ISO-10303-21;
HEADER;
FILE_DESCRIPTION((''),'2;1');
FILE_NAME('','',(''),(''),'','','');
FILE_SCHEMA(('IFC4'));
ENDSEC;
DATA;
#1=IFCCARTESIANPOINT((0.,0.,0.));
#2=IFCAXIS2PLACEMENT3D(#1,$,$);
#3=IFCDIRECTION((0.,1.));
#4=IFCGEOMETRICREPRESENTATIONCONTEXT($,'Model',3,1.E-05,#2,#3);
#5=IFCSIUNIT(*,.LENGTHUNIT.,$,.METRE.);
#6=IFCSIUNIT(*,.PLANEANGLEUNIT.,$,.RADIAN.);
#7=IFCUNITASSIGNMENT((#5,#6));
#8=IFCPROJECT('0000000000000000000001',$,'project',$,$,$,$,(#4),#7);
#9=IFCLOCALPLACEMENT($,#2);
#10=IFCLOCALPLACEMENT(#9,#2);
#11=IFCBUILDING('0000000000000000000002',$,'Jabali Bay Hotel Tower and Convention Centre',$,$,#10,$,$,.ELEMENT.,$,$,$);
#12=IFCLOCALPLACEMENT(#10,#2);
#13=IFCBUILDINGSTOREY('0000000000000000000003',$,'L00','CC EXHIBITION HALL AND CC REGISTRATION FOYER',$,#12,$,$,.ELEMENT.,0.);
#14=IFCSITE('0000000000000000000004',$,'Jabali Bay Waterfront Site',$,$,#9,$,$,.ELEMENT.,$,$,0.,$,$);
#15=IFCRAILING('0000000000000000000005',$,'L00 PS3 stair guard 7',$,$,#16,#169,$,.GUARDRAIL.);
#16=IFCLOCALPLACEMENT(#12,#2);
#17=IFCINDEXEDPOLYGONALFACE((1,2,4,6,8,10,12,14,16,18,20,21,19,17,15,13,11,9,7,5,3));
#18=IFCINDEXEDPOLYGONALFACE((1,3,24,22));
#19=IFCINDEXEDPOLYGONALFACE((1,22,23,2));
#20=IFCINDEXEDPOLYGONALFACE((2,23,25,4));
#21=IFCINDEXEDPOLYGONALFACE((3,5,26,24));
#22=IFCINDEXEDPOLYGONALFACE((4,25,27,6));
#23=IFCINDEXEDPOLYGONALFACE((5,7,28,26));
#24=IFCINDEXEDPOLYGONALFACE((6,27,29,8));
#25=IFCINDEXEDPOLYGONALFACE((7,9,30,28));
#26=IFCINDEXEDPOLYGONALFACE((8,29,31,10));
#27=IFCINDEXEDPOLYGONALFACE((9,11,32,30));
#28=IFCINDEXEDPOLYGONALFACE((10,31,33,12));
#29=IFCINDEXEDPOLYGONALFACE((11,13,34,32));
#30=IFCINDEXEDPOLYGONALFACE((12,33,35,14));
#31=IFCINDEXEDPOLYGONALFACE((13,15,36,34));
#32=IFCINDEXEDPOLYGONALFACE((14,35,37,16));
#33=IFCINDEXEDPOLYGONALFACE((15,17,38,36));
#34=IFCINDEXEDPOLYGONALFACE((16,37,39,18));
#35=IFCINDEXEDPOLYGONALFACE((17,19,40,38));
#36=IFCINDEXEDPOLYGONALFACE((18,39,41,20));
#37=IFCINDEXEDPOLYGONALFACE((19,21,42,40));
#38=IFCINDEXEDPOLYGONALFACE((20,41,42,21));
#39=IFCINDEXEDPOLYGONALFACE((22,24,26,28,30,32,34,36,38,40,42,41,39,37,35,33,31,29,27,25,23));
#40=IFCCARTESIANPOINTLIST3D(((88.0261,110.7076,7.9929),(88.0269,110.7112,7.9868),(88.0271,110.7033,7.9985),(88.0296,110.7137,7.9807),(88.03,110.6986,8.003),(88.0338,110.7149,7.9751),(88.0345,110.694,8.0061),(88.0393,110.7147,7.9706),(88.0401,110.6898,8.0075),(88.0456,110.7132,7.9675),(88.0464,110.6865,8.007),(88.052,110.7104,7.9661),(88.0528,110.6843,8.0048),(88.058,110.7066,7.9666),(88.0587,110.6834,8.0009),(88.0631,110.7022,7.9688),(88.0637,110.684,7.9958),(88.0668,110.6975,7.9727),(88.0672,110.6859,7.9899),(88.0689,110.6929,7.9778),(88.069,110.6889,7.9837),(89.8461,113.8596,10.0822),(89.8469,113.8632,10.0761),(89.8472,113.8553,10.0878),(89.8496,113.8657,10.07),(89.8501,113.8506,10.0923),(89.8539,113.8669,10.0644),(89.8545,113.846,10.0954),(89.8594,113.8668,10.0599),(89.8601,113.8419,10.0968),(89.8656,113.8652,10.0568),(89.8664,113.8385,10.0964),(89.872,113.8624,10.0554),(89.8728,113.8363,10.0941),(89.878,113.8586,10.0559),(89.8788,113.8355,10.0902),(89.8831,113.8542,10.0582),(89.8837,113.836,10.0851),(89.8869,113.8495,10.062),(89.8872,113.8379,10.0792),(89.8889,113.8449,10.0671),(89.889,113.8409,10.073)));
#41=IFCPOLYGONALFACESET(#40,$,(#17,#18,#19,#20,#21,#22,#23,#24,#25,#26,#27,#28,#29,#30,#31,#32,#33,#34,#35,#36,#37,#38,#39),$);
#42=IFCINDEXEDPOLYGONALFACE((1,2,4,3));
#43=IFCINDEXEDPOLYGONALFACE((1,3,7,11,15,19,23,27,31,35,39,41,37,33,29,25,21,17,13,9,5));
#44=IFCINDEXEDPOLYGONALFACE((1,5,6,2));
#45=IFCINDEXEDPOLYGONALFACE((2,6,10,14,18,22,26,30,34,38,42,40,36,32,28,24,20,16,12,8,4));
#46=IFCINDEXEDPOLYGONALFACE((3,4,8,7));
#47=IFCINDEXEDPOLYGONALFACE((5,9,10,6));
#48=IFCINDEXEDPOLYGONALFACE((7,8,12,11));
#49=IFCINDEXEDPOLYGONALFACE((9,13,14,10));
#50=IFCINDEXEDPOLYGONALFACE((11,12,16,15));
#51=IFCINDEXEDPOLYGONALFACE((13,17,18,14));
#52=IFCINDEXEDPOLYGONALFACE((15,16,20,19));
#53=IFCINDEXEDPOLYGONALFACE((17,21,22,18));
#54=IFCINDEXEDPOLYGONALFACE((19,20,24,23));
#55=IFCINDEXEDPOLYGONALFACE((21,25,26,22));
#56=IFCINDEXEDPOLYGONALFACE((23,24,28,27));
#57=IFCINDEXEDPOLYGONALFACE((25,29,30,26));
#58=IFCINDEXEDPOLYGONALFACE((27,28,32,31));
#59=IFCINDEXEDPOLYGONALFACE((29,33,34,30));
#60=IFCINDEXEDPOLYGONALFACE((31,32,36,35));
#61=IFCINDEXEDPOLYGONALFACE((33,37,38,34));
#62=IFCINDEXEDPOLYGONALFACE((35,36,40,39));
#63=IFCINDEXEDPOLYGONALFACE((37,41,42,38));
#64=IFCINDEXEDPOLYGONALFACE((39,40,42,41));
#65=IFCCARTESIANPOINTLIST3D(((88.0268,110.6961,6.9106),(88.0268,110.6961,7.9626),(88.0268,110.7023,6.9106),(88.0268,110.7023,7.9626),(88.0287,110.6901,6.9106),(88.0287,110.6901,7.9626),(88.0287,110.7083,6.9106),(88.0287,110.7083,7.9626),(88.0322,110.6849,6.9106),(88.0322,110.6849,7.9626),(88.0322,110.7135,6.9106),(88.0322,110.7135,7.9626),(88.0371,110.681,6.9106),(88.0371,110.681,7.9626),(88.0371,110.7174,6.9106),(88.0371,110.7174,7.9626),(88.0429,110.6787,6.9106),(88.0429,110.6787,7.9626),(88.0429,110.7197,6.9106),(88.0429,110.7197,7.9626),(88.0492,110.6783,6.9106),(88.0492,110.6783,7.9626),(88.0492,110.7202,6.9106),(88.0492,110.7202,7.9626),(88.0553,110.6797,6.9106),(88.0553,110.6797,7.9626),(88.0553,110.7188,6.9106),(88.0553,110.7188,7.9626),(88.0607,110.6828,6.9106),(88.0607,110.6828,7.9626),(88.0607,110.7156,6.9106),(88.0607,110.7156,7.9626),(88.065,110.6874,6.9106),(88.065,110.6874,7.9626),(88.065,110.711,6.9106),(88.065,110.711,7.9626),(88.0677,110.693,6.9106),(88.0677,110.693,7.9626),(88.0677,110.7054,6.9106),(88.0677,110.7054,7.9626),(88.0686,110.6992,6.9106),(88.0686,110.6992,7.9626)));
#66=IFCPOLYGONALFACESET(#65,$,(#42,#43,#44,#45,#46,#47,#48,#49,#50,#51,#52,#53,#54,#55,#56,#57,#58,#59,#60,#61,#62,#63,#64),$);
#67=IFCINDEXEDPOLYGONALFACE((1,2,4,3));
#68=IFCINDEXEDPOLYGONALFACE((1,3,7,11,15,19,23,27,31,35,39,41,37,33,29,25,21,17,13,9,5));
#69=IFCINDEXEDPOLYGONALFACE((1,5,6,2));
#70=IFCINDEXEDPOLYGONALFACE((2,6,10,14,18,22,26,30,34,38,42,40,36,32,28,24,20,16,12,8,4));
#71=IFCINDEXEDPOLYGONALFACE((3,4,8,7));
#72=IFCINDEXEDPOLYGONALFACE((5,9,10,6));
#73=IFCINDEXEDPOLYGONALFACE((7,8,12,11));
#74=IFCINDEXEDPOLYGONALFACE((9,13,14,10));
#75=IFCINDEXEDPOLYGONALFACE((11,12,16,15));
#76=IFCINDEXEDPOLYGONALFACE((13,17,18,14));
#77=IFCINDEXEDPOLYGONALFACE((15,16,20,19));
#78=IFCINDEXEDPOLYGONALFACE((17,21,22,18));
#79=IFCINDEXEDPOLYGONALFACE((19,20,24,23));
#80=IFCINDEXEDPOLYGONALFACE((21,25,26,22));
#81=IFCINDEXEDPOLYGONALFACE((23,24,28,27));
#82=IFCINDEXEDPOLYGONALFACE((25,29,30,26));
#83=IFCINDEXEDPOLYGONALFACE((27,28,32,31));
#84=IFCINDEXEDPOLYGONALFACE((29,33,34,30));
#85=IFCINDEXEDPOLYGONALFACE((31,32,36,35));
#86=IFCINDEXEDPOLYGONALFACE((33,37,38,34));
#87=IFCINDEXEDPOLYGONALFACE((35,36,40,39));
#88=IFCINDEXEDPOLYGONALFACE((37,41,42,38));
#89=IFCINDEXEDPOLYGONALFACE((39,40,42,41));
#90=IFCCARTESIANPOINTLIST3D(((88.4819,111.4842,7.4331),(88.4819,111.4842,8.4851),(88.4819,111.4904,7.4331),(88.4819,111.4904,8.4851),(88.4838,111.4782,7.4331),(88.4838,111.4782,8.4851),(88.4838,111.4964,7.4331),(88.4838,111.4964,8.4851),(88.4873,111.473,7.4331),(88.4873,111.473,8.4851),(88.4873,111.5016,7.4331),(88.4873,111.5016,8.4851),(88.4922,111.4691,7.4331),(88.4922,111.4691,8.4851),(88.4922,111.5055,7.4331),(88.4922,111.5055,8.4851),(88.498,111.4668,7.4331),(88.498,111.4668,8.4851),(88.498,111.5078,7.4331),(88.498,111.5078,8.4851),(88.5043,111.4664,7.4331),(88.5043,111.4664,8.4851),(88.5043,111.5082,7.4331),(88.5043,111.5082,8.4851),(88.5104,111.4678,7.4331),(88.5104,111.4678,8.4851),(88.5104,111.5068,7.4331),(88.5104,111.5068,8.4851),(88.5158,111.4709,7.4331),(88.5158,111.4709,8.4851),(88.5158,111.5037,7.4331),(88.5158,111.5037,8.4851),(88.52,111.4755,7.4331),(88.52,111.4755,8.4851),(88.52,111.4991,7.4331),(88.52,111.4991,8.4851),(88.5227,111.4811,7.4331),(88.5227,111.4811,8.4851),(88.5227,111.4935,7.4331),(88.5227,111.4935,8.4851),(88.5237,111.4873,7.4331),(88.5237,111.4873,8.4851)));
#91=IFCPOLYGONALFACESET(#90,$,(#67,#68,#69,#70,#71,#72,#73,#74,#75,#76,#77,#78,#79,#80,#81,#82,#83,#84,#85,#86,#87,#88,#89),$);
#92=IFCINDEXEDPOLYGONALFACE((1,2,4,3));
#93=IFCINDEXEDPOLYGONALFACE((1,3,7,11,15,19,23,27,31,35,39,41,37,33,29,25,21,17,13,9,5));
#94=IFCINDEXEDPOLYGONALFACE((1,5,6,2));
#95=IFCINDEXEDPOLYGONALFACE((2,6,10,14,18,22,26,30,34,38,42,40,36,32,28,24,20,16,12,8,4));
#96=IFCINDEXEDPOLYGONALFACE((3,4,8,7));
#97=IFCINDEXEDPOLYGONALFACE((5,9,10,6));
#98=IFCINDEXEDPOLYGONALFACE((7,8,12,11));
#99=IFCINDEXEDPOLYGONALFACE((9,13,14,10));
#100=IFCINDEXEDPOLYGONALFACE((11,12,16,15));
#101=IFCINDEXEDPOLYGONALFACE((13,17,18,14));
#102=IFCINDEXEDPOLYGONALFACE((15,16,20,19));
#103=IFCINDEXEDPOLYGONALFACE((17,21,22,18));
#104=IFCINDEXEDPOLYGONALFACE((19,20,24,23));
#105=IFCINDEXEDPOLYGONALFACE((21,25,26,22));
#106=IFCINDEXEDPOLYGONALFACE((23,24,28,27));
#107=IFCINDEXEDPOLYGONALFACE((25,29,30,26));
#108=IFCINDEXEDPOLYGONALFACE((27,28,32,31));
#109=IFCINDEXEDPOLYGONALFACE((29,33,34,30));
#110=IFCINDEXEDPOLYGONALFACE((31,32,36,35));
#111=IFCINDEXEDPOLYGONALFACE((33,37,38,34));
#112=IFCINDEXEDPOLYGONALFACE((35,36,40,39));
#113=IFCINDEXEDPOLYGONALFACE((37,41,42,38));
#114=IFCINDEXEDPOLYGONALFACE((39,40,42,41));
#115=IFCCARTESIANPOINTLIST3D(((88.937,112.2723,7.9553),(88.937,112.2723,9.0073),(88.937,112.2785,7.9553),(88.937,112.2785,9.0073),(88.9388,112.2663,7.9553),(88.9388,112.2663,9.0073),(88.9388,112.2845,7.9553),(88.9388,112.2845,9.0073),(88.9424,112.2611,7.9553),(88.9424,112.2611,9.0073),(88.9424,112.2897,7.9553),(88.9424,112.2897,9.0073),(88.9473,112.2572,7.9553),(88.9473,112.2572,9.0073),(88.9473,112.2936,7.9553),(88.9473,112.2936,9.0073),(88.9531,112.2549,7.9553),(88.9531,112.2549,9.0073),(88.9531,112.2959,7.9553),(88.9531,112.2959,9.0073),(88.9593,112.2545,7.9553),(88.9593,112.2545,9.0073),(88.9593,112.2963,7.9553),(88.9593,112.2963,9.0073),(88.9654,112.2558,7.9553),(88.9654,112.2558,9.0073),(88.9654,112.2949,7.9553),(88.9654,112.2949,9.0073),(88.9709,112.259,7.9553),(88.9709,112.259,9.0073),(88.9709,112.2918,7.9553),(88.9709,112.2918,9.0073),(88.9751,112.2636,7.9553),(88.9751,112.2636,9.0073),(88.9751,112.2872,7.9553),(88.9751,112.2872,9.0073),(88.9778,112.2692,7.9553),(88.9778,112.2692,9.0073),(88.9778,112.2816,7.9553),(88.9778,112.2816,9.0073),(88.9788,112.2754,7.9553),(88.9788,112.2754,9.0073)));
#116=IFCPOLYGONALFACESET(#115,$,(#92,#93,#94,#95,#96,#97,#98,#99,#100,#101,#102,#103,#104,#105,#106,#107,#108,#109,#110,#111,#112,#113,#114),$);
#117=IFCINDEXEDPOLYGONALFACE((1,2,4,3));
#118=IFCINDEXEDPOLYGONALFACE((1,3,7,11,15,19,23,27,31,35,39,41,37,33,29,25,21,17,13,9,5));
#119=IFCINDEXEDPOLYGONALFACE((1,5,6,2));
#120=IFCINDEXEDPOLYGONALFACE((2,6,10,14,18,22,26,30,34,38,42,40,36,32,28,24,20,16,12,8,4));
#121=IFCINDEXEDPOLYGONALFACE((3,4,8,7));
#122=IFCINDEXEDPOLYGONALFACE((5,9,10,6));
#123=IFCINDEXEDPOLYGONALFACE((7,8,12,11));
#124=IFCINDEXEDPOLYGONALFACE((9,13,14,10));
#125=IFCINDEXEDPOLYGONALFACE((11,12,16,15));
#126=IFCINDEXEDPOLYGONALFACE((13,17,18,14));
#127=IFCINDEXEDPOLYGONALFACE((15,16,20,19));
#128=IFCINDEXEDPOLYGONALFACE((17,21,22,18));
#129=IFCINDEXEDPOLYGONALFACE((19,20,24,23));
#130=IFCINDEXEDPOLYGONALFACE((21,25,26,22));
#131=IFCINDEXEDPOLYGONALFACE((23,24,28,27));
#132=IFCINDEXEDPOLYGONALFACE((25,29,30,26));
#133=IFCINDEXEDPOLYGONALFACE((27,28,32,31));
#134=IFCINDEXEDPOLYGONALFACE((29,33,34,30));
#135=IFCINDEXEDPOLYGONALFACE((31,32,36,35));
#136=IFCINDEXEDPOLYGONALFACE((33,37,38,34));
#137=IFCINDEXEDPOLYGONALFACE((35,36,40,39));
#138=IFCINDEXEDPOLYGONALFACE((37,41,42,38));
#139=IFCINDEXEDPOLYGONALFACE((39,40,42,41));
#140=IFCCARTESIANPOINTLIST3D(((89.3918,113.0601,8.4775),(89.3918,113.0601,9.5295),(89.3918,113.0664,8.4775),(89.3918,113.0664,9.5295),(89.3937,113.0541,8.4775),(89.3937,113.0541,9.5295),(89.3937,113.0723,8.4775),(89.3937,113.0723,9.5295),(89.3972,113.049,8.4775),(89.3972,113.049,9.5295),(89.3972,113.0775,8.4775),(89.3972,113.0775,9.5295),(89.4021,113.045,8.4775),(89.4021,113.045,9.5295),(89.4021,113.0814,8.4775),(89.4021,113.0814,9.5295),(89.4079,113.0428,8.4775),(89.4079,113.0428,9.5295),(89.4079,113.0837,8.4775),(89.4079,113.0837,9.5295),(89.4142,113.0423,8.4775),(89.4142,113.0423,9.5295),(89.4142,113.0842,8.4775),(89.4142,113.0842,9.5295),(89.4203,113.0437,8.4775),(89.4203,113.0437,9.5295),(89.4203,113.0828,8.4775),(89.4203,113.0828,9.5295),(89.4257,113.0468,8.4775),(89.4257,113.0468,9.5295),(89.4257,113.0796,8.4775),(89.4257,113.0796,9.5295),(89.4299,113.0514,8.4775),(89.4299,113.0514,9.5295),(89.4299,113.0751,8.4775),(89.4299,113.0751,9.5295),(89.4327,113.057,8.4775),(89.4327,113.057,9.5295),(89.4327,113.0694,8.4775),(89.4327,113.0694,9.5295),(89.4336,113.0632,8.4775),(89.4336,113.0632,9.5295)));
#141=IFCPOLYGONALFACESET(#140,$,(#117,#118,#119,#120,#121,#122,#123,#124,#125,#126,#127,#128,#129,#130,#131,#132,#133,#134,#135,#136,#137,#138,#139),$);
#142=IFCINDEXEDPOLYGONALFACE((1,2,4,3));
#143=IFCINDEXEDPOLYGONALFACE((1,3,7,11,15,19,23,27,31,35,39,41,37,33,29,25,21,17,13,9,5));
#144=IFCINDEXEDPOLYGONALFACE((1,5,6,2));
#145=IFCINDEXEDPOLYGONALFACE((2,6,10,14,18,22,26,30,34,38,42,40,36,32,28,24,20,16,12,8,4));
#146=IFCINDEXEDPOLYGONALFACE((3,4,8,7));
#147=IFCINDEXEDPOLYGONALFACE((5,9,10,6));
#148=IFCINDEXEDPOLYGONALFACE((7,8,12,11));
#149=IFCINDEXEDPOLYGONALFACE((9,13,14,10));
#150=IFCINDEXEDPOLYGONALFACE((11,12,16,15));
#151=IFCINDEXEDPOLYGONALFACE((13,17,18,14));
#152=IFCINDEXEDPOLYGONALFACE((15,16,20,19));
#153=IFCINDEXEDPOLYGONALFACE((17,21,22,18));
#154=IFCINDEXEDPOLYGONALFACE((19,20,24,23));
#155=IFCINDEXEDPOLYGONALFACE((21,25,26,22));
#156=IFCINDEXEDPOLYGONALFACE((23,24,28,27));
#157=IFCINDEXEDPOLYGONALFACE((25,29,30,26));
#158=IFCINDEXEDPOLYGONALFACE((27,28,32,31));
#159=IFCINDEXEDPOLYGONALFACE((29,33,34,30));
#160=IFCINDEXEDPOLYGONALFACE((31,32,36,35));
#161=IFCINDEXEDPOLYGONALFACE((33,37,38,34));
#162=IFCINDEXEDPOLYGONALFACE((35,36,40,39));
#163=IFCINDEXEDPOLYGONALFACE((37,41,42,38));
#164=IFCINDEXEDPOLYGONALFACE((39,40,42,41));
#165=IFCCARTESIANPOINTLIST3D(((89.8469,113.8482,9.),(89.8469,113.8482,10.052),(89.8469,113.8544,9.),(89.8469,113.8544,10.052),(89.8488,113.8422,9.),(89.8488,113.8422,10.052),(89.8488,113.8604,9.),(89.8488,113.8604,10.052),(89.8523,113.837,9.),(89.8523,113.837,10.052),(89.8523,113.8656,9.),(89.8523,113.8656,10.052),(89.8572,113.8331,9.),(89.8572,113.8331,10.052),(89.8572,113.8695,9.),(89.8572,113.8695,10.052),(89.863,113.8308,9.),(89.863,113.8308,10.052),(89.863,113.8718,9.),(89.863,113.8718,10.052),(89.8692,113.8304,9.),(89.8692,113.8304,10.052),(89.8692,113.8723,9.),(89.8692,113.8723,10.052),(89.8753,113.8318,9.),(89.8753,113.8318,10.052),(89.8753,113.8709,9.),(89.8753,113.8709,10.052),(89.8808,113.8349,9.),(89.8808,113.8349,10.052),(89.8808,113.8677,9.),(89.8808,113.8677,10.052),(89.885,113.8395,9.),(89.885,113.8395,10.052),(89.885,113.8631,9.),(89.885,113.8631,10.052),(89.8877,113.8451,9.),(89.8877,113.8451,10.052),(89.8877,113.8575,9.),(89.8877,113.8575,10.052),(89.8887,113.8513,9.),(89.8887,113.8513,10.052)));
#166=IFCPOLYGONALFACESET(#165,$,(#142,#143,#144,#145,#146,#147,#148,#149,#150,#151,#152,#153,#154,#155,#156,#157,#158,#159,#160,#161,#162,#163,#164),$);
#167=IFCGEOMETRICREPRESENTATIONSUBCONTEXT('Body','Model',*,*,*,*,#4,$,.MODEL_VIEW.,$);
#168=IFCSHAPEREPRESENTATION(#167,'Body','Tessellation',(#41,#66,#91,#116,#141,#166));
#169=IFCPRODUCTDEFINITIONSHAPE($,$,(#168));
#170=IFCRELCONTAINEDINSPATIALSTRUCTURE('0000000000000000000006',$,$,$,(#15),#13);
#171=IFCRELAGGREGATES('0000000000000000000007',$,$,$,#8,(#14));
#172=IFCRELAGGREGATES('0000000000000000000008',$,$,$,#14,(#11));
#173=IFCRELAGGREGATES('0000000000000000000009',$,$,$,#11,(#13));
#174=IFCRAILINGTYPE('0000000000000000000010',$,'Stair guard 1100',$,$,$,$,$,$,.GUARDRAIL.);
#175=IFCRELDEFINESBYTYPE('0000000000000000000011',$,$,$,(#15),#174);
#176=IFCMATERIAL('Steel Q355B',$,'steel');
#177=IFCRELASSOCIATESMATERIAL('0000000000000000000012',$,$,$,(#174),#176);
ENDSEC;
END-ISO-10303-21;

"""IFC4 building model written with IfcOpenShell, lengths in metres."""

from ifc_helpers import new_model, si_unit, direction, frame, origin, origin_2d, place, context, subcontext, project, spatial, circle, extrude, material, type_object, element, save


model = new_model("IFC4")

# Units and contexts
model_context = context("Model", 3, precision=1e-05, world=origin(), true_north=direction((0.0, 1.0)))
body_context = subcontext(model_context, "Body", "Model", "MODEL_VIEW")
ifc_project = project(units=[si_unit("LENGTHUNIT", "METRE"), si_unit("PLANEANGLEUNIT", "RADIAN")], contexts=[model_context])

# Site, building, storey
site_placement = place(None, origin())
site = spatial("IfcSite", under=ifc_project, at=site_placement, Name="Jabali Bay Waterfront Site", CompositionType="ELEMENT", RefElevation=0.0)
building_placement = place(site_placement, origin())
building = spatial("IfcBuilding", under=site, at=building_placement, Name="Jabali Bay Hotel Tower and Convention Centre", CompositionType="ELEMENT")
storey_placement = place(building_placement, origin())
storey = spatial("IfcBuildingStorey", under=building, at=storey_placement, Name="L00", Description="CC EXHIBITION HALL AND CC REGISTRATION FOYER", CompositionType="ELEMENT", Elevation=0.0)

# Railing
ifc_material_1 = material(Name="Steel Q355B", Category="steel")
railing_type_1 = type_object("IfcRailingType", Name="Stair guard 1100", PredefinedType="GUARDRAIL", material=ifc_material_1)
for number, where, name in (
    (1, (88.0476, 110.6992, 6.9106), "L00 PS3 stair guard 7"),
):
    element("IfcRailing", number, at=place(storey_placement, frame(where)), inside=storey, type_object=railing_type_1, Name=name, PredefinedType="GUARDRAIL", context=body_context, shape_type="SweptSolid", body=[
        extrude(circle(Radius=0.0239, at=origin_2d()), frame((0.0, 0.0, 1.0762), z_axis=(0.433672, 0.751058, 0.497836), x_axis=(-0.866001, 0.500042, 0.0)), (0.0, 0.0, 1.0), 4.1968),
        extrude(circle(Radius=0.021, at=origin_2d()), origin(), (0.0, 0.0, 1.0), 1.052),
        extrude(circle(Radius=0.021, at=origin_2d()), frame((0.4551, 0.7881, 0.5225)), (0.0, 0.0, 1.0), 1.052),
        extrude(circle(Radius=0.021, at=origin_2d()), frame((0.9102, 1.5762, 1.0447)), (0.0, 0.0, 1.0), 1.052),
        extrude(circle(Radius=0.021, at=origin_2d()), frame((1.365, 2.364, 1.5669)), (0.0, 0.0, 1.0), 1.052),
        extrude(circle(Radius=0.021, at=origin_2d()), frame((1.8201, 3.1521, 2.0894)), (0.0, 0.0, 1.0), 1.052),
    ])

save(model, "model.ifc")
